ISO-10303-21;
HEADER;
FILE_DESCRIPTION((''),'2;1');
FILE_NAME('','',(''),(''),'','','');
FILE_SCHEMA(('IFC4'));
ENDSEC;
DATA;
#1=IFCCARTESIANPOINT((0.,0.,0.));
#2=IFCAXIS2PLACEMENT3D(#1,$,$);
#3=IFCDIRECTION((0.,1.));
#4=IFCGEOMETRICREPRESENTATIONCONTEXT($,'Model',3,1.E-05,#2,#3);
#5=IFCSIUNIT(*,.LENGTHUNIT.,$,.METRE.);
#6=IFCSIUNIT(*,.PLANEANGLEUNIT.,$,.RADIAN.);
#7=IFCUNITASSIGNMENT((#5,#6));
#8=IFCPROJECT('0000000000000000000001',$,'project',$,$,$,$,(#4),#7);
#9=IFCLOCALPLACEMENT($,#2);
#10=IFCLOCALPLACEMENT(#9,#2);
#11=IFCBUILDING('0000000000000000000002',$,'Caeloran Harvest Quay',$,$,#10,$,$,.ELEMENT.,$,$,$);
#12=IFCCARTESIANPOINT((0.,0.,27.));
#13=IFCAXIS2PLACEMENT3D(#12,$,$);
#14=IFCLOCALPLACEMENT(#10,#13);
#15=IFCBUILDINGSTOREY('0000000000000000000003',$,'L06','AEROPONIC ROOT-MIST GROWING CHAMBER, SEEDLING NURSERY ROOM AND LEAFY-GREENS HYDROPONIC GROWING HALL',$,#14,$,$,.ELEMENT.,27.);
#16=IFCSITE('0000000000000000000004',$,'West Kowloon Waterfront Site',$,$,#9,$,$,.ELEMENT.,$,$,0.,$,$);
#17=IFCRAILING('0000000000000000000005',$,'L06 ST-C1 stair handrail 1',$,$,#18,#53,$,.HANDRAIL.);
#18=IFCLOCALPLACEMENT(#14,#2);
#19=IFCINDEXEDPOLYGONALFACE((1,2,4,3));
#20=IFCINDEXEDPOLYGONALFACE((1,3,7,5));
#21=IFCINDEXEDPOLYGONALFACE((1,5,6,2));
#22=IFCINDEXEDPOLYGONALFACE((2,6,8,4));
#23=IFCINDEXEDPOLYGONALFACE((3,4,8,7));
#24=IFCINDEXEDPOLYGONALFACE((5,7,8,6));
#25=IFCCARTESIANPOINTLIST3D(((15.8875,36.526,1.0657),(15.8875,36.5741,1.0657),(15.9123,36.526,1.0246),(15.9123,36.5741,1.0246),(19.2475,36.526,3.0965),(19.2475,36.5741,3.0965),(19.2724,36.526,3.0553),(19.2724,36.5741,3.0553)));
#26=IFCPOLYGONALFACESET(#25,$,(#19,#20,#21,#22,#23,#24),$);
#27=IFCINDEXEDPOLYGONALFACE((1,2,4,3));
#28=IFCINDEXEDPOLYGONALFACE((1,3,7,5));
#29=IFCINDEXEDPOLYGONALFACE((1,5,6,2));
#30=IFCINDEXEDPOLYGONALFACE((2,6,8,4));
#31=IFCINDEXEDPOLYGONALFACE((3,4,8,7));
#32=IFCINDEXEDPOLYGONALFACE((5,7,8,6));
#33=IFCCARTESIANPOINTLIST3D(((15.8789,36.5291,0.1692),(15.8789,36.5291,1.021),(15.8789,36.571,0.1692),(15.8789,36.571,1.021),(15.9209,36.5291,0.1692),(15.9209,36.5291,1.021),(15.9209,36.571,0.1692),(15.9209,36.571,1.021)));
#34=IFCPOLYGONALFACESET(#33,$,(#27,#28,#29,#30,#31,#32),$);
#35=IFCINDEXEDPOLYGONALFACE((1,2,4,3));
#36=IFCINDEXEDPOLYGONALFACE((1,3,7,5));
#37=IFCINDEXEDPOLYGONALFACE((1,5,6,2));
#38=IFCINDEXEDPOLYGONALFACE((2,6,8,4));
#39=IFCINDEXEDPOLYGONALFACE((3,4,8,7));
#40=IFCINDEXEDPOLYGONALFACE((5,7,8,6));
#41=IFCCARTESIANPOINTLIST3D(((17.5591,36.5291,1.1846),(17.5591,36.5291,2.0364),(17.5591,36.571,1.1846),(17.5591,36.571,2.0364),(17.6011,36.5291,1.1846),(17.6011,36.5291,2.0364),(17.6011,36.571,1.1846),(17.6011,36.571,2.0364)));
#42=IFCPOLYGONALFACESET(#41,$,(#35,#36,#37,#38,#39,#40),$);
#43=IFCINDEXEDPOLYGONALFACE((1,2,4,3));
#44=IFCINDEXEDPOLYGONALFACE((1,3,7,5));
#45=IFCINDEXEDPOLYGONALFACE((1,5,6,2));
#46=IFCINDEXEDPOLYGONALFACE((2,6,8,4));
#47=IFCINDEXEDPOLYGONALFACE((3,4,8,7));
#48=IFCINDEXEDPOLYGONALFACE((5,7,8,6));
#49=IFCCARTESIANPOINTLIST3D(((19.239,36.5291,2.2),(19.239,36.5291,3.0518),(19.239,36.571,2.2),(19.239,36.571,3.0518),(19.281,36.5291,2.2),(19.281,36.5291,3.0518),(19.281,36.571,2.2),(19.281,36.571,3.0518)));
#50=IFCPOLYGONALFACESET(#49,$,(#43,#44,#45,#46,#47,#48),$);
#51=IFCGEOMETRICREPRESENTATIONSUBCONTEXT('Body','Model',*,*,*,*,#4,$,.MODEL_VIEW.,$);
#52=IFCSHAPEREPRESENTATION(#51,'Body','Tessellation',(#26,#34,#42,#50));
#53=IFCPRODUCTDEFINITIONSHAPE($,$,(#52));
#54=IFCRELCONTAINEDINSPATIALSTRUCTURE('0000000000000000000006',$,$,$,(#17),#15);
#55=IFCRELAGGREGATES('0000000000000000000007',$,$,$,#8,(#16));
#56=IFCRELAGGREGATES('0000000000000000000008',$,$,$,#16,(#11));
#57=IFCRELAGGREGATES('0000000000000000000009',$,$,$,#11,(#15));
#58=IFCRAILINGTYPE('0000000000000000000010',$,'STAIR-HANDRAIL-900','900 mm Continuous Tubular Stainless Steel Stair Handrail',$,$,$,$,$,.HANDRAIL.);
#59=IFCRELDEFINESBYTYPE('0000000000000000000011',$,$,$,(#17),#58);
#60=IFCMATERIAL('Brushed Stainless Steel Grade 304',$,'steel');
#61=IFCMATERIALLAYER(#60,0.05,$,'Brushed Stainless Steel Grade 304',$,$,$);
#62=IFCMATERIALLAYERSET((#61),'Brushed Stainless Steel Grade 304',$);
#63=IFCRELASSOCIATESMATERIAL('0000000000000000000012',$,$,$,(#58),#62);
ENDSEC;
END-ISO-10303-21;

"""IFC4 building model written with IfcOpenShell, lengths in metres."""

from ifc_helpers import new_model, si_unit, direction, frame, origin, origin_2d, place, context, subcontext, project, spatial, rectangle, extrude, material, layer, layer_set, type_object, element, save


model = new_model("IFC4")

# Units and contexts
model_context = context("Model", 3, precision=1e-05, world=origin(), true_north=direction((0.0, 1.0)))
body_context = subcontext(model_context, "Body", "Model", "MODEL_VIEW")
ifc_project = project(units=[si_unit("LENGTHUNIT", "METRE"), si_unit("PLANEANGLEUNIT", "RADIAN")], contexts=[model_context])

# Site, building, storey
site_placement = place(None, origin())
site = spatial("IfcSite", under=ifc_project, at=site_placement, Name="West Kowloon Waterfront Site", CompositionType="ELEMENT", RefElevation=0.0)
building_placement = place(site_placement, origin())
building = spatial("IfcBuilding", under=site, at=building_placement, Name="Caeloran Harvest Quay", CompositionType="ELEMENT")
storey_placement = place(building_placement, frame((0.0, 0.0, 27.0)))
storey = spatial("IfcBuildingStorey", under=building, at=storey_placement, Name="L06", Description="AEROPONIC ROOT-MIST GROWING CHAMBER, SEEDLING NURSERY ROOM AND LEAFY-GREENS HYDROPONIC GROWING HALL", CompositionType="ELEMENT", Elevation=27.0)

# Railing
ifc_material_1 = material(Name="Brushed Stainless Steel Grade 304", Category="steel")
ifc_layer_1 = layer(ifc_material_1, 0.05, Name="Brushed Stainless Steel Grade 304")
ifc_layer_set_1 = layer_set([ifc_layer_1], Name="Brushed Stainless Steel Grade 304")
railing_type_1 = type_object("IfcRailingType", Name="STAIR-HANDRAIL-900", Description="900 mm Continuous Tubular Stainless Steel Stair Handrail", PredefinedType="HANDRAIL", material=ifc_layer_set_1)
railing_1_placement = place(storey_placement, frame((15.8999, 36.55, 0.1692)))
element("IfcRailing", 1, at=railing_1_placement, inside=storey, type_object=railing_type_1, Name="L06 ST-C1 stair handrail 1", PredefinedType="HANDRAIL", context=body_context, shape_type="SweptSolid", body=[
    extrude(rectangle(XDim=0.0481, YDim=0.0481, at=origin_2d()), frame((0.0, 0.0, 0.876), z_axis=(0.855837, 0.0, 0.517246), x_axis=(0.0, 1.0, 0.0)), (0.0, 0.0, 1.0), 3.926),
    extrude(rectangle(XDim=0.042, YDim=0.042, at=origin_2d()), origin(), (0.0, 0.0, 1.0), 0.8518),
    extrude(rectangle(XDim=0.042, YDim=0.042, at=origin_2d()), frame((1.6802, 0.0, 1.0154)), (0.0, 0.0, 1.0), 0.8518),
    extrude(rectangle(XDim=0.042, YDim=0.042, at=origin_2d()), frame((3.3601, 0.0, 2.0308)), (0.0, 0.0, 1.0), 0.8518),
])

save(model, "model.ifc")
